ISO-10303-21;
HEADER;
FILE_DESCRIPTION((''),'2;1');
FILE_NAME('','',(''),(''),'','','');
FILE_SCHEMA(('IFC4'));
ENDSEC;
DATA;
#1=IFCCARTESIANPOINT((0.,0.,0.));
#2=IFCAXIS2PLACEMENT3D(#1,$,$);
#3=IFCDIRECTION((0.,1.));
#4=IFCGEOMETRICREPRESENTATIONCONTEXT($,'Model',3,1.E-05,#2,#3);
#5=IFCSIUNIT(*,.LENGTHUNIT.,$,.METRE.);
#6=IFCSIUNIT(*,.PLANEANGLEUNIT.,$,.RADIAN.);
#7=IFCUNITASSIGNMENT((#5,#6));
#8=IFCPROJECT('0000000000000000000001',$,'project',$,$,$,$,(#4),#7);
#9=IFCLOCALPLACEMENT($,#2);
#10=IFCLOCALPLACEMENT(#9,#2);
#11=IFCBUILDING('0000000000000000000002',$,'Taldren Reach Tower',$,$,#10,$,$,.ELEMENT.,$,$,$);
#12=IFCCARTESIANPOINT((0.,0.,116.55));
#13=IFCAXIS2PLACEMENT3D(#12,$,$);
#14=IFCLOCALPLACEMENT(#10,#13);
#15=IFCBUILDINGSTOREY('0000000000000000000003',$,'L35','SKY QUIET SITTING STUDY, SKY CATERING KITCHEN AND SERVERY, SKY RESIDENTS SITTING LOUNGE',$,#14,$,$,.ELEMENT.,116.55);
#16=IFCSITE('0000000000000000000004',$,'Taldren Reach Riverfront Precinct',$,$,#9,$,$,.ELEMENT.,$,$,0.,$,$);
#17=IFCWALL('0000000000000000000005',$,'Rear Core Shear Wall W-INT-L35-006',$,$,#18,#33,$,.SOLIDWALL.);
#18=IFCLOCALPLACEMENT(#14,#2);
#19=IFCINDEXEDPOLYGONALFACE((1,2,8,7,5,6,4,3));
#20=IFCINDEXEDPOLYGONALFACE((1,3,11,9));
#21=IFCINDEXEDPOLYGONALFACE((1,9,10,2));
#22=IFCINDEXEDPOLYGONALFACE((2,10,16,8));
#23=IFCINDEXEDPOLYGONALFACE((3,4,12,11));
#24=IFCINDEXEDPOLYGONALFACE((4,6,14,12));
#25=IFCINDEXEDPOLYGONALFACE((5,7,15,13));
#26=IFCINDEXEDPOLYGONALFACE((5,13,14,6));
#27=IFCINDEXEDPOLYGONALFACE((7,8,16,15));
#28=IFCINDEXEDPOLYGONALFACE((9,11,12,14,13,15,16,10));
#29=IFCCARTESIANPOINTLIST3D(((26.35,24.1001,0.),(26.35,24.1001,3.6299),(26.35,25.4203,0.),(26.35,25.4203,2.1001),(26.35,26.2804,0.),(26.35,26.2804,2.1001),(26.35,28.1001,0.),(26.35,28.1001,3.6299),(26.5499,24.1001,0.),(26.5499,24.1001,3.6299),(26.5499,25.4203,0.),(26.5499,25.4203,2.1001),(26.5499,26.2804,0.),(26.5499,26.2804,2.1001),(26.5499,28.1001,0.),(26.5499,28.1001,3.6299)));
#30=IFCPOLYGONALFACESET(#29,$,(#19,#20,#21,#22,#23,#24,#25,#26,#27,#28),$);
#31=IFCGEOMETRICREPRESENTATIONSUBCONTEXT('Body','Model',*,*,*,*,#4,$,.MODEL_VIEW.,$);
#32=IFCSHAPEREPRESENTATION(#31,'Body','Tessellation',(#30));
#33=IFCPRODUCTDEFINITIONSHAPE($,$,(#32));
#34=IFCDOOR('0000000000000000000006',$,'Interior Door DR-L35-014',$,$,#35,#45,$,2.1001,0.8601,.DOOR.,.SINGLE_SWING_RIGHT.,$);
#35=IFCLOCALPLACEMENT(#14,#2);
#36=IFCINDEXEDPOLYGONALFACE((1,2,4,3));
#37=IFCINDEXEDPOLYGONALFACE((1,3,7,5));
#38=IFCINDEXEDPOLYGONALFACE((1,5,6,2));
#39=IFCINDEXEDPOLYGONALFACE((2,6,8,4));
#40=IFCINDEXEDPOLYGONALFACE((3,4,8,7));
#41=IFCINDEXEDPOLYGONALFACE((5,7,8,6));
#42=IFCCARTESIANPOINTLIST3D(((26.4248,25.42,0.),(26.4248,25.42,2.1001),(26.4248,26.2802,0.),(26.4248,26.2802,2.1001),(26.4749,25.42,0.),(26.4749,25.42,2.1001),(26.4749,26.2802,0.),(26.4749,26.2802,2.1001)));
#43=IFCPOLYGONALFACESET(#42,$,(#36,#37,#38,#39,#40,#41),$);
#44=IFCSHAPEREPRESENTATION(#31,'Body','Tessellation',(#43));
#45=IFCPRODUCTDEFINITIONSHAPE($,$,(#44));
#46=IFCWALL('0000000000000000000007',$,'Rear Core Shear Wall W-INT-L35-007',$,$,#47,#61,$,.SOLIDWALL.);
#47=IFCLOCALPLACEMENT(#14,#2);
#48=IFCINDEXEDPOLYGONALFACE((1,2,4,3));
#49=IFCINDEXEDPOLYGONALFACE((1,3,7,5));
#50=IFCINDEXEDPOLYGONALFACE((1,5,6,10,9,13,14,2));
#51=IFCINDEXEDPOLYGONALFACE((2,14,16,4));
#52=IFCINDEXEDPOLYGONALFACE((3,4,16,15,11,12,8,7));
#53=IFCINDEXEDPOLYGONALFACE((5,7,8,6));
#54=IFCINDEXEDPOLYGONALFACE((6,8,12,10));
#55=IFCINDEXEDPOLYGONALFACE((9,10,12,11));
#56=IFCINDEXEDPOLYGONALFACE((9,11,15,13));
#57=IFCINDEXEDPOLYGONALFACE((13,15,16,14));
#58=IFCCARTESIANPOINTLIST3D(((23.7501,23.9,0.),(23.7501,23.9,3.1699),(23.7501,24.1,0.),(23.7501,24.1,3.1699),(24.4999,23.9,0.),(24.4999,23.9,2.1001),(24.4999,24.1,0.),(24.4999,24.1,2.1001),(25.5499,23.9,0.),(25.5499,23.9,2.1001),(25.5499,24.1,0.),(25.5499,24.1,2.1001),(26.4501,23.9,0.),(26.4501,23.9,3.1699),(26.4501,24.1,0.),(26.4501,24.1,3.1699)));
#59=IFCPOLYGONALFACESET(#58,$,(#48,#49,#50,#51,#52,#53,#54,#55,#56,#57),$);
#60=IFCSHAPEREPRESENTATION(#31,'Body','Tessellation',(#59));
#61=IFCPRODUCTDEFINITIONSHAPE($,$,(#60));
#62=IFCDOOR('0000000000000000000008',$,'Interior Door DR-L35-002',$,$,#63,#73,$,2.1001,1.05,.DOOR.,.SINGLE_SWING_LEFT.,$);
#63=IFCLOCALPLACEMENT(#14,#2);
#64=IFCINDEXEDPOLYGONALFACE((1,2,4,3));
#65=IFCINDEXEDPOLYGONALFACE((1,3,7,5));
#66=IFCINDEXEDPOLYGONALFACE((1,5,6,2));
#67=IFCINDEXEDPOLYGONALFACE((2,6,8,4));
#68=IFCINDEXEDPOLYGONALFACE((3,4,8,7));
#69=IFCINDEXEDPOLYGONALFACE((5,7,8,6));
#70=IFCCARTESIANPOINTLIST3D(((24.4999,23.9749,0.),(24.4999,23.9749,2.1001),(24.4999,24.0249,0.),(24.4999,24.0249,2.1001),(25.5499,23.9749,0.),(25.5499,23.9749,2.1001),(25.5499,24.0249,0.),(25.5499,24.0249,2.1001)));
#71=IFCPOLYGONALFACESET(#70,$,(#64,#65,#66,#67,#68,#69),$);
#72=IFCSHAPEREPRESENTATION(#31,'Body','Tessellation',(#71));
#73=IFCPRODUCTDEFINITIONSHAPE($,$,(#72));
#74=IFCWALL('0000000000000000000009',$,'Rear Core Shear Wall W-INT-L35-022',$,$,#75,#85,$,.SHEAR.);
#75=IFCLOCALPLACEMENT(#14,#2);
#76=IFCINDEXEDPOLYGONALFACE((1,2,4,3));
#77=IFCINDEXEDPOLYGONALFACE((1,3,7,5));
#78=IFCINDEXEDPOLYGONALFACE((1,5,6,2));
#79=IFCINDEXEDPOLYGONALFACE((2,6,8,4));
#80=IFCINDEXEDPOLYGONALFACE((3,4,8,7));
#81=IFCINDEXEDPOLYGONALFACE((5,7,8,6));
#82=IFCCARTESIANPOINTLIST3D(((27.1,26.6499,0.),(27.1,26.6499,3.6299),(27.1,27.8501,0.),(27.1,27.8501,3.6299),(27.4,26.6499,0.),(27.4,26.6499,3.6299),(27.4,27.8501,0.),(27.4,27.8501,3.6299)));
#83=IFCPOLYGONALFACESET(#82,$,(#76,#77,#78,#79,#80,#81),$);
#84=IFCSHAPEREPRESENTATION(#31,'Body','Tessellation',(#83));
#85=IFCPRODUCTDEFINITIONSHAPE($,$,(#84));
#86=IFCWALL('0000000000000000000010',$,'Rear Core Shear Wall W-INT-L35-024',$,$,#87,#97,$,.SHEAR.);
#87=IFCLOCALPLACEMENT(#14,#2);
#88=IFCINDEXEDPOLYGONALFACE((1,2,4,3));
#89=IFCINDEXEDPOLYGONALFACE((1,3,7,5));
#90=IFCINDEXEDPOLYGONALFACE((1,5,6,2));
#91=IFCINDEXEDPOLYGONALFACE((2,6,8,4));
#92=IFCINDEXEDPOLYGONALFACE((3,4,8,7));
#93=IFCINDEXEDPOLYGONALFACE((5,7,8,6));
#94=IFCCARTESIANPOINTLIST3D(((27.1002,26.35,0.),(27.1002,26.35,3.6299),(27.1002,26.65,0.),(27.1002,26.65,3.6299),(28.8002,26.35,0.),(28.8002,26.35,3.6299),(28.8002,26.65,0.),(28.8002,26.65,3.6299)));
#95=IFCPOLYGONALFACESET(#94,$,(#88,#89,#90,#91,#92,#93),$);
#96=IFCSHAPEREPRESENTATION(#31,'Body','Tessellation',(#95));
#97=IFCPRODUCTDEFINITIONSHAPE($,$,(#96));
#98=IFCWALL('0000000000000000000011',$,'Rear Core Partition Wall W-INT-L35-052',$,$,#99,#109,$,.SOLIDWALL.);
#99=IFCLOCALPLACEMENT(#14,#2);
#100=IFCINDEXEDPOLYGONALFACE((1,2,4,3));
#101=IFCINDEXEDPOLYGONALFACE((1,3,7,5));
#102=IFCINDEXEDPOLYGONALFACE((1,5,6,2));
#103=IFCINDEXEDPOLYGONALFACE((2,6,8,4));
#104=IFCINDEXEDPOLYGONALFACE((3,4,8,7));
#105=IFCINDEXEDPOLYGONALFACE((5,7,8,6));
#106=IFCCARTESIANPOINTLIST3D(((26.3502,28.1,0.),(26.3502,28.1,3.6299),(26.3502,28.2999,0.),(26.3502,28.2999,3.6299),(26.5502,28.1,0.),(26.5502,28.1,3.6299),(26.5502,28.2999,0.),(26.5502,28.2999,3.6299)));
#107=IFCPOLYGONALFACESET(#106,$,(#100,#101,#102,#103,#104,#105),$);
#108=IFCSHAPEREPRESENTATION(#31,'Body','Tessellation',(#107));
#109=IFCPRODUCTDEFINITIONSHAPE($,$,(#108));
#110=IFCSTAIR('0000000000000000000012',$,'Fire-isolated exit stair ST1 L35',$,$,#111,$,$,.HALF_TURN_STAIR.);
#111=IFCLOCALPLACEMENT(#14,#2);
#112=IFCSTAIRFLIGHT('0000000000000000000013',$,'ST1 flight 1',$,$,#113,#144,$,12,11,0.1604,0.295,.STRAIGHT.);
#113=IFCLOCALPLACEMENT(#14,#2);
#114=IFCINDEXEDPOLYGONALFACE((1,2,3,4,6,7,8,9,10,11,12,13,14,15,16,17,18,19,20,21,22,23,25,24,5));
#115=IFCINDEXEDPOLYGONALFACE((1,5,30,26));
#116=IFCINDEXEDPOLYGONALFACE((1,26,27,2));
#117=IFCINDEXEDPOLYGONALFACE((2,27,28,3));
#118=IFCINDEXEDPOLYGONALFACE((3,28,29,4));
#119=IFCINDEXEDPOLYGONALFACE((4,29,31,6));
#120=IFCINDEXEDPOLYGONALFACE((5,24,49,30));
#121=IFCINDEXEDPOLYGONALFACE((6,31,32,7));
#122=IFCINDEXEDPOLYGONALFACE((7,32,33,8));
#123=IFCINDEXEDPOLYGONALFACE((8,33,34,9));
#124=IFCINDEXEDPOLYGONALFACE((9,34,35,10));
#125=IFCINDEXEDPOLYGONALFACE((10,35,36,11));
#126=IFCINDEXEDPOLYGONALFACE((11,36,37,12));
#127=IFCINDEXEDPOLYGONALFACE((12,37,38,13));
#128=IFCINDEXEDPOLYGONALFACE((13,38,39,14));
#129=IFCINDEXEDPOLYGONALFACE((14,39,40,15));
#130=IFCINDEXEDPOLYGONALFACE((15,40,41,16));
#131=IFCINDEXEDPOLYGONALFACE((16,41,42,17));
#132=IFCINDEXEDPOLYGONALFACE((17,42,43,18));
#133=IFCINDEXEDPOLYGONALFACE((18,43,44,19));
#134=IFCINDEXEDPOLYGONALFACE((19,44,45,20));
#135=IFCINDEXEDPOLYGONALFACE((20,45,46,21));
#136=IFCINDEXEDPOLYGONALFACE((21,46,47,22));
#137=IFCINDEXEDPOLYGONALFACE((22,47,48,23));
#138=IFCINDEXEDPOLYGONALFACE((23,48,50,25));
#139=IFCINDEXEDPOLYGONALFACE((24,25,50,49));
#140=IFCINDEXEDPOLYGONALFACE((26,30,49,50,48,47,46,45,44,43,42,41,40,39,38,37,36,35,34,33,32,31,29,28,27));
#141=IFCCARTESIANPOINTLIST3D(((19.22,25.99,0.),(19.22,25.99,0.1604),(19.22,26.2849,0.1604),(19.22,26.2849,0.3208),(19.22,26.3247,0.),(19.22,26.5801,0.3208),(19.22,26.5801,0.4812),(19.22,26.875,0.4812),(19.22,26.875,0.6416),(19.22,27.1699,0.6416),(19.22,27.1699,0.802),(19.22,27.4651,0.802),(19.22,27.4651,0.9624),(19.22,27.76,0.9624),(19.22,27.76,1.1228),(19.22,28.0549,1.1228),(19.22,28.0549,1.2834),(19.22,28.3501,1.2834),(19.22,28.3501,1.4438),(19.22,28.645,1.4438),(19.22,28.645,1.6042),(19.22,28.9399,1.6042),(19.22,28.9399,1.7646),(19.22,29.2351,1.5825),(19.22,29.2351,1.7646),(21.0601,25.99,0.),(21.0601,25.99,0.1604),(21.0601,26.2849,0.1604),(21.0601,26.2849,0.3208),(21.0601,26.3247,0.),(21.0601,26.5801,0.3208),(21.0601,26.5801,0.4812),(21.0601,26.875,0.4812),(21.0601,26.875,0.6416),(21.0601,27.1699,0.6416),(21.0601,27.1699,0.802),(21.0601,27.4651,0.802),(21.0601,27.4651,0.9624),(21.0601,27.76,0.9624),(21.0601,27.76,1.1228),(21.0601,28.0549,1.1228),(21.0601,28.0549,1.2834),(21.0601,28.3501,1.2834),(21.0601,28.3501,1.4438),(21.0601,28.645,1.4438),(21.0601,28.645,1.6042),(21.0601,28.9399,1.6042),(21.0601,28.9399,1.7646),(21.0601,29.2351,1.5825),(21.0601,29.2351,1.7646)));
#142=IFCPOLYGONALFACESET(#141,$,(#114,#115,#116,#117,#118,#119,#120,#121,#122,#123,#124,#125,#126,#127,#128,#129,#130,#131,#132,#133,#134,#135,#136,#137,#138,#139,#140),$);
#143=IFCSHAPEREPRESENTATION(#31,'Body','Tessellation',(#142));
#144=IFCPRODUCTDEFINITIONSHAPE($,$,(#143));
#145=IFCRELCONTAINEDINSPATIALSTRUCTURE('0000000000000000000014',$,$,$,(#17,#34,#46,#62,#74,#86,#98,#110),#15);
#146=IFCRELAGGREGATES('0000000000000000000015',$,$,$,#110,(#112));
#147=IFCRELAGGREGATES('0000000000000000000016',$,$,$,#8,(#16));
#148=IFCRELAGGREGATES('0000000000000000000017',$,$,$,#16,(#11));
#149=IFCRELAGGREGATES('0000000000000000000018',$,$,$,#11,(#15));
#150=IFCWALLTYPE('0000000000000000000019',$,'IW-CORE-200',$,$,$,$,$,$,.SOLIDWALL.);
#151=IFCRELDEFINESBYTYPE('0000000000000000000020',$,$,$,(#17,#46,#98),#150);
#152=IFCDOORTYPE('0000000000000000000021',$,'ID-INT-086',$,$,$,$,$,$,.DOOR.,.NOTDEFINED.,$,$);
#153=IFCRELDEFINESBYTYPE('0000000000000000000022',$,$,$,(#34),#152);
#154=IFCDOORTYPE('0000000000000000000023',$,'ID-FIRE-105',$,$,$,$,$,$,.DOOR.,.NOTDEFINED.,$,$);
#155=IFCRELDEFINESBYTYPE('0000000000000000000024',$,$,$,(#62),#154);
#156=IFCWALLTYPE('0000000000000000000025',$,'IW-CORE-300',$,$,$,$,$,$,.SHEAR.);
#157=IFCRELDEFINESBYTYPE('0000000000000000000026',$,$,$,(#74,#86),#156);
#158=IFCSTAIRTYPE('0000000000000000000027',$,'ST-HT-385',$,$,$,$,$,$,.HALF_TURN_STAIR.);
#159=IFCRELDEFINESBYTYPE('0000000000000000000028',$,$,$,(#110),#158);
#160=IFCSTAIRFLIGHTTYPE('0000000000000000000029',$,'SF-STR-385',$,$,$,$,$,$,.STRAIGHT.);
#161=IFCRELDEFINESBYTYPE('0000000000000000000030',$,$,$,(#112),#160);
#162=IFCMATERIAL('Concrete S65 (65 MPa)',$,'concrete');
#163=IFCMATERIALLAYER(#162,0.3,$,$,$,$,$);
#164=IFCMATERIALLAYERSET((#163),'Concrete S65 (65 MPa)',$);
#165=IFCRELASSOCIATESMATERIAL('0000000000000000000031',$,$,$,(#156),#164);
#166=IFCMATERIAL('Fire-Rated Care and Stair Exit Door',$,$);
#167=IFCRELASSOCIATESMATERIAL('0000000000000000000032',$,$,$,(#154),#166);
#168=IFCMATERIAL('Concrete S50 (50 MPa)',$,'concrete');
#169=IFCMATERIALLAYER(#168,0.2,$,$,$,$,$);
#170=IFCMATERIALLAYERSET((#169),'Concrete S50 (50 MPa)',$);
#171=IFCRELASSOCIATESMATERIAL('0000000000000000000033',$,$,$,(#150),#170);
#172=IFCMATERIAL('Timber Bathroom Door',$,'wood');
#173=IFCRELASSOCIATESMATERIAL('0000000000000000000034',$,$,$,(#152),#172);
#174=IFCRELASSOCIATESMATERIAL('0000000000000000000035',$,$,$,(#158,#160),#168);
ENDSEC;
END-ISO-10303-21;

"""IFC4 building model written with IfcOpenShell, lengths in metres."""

from ifc_helpers import new_model, si_unit, direction, frame, frame_2d, origin, place, context, subcontext, project, spatial, polyline, rectangle, outline, extrude, source, transform, mapped, material, layer, layer_set, type_object, element, fill, aggregate, save


model = new_model("IFC4")

# Units and contexts
model_context = context("Model", 3, precision=1e-05, world=origin(), true_north=direction((0.0, 1.0)))
body_context = subcontext(model_context, "Body", "Model", "MODEL_VIEW")
ifc_project = project(units=[si_unit("LENGTHUNIT", "METRE"), si_unit("PLANEANGLEUNIT", "RADIAN")], contexts=[model_context])

# Site, building, storey
site_placement = place(None, origin())
site = spatial("IfcSite", under=ifc_project, at=site_placement, Name="Taldren Reach Riverfront Precinct", CompositionType="ELEMENT", RefElevation=0.0)
building_placement = place(site_placement, origin())
building = spatial("IfcBuilding", under=site, at=building_placement, Name="Taldren Reach Tower", CompositionType="ELEMENT")
storey_placement = place(building_placement, frame((0.0, 0.0, 116.55)))
storey = spatial("IfcBuildingStorey", under=building, at=storey_placement, Name="L35", Description="SKY QUIET SITTING STUDY, SKY CATERING KITCHEN AND SERVERY, SKY RESIDENTS SITTING LOUNGE", CompositionType="ELEMENT", Elevation=116.55)

# Shared definitions
ifc_material_1 = material(Name="Concrete S65 (65 MPa)", Category="concrete")
ifc_layer_1 = layer(ifc_material_1, 0.3)
ifc_layer_set_1 = layer_set([ifc_layer_1], Name="Concrete S65 (65 MPa)")
wall_type_1 = type_object("IfcWallType", Name="IW-CORE-300", PredefinedType="SHEAR", material=ifc_layer_set_1)

# Walls, openings, doors
ifc_material_2 = material(Name="Fire-Rated Care and Stair Exit Door")
door_type_1 = type_object("IfcDoorType", Name="ID-FIRE-105", OperationType="NOTDEFINED", PredefinedType="DOOR", material=ifc_material_2)
shared_shape_1 = source(origin(), body_context, "Body", "SweptSolid", [
    extrude(rectangle(XDim=1.05, YDim=2.1001, at=frame_2d((0.5249, 1.05))), frame((0.0, 0.0249, 0.0), z_axis=(0.0, -1.0, 0.0), x_axis=(1.0, 0.0, 0.0)), (0.0, 0.0, 1.0), 0.05),
])
ifc_material_3 = material(Name="Concrete S50 (50 MPa)", Category="concrete")
ifc_layer_2 = layer(ifc_material_3, 0.2)
ifc_layer_set_2 = layer_set([ifc_layer_2], Name="Concrete S50 (50 MPa)")
wall_type_2 = type_object("IfcWallType", Name="IW-CORE-200", PredefinedType="SOLIDWALL", material=ifc_layer_set_2)
shared_shape_2 = source(origin(), body_context, "Body", "SweptSolid", [
    extrude(rectangle(XDim=4.0, YDim=0.2, at=frame_2d((2.0, 0.0))), origin(), (0.0, 0.0, 1.0), 3.6299),
])
wall_1_placement = place(storey_placement, frame((26.45, 24.1001, 0.0), z_axis=(0.0, 0.0, 1.0), x_axis=(0.0, 1.0, 0.0)))
wall_1 = element("IfcWall", 1, at=wall_1_placement, inside=storey, type_object=wall_type_2, Name="Rear Core Shear Wall W-INT-L35-006", PredefinedType="SOLIDWALL", context=body_context, shape_type="MappedRepresentation", body=[
    mapped(shared_shape_2, transform((0.0, 0.0, 0.0), scale=1.0)),
])
shared_shape_3 = source(origin(), body_context, "Body", "SweptSolid", [
    extrude(rectangle(XDim=0.8601, YDim=2.1001, at=frame_2d((0.4302, 1.05))), frame((0.0, 0.1099, 0.0), z_axis=(0.0, -1.0, 0.0), x_axis=(1.0, 0.0, 0.0)), (0.0, 0.0, 1.0), 0.22),
])
opening_1_placement = place(wall_1_placement, frame((1.3201, 0.0, 0.0)))
opening_1 = element("IfcOpeningElement", 2, at=opening_1_placement, cuts=wall_1, PredefinedType="OPENING", context=body_context, shape_type="MappedRepresentation", body=[
    mapped(shared_shape_3, transform((0.0, 0.0, 0.0), scale=1.0)),
])
ifc_material_4 = material(Name="Timber Bathroom Door", Category="wood")
door_type_2 = type_object("IfcDoorType", Name="ID-INT-086", OperationType="NOTDEFINED", PredefinedType="DOOR", material=ifc_material_4)
shared_shape_4 = source(origin(), body_context, "Body", "SweptSolid", [
    extrude(rectangle(XDim=0.8601, YDim=2.1001, at=frame_2d((0.4302, 1.05))), frame((0.0, 0.0249, 0.0), z_axis=(0.0, -1.0, 0.0), x_axis=(1.0, 0.0, 0.0)), (0.0, 0.0, 1.0), 0.05),
])
door_1_placement = place(opening_1_placement, frame((0.8601, 0.0, 0.0), z_axis=(0.0, 0.0, 1.0), x_axis=(-1.0, 0.0, 0.0)))
door_1 = element("IfcDoor", 3, at=door_1_placement, inside=storey, type_object=door_type_2, Name="Interior Door DR-L35-014", OperationType="SINGLE_SWING_RIGHT", OverallHeight=2.1001, OverallWidth=0.8601, PredefinedType="DOOR", context=body_context, shape_type="MappedRepresentation", body=[
    mapped(shared_shape_4, transform((0.0, 0.0, 0.0), scale=1.0)),
])
fill(opening_1, door_1)
shared_shape_5 = source(origin(), body_context, "Body", "SweptSolid", [
    extrude(rectangle(XDim=2.7, YDim=0.2, at=frame_2d((1.3501, 0.0))), origin(), (0.0, 0.0, 1.0), 3.1699),
])
wall_2_placement = place(storey_placement, frame((23.75, 24.0, 0.0), z_axis=(0.0, 0.0, 1.0), x_axis=(1.0, 0.0, 0.0)))
wall_2 = element("IfcWall", 4, at=wall_2_placement, inside=storey, type_object=wall_type_2, Name="Rear Core Shear Wall W-INT-L35-007", PredefinedType="SOLIDWALL", context=body_context, shape_type="MappedRepresentation", body=[
    mapped(shared_shape_5, transform((0.0, 0.0, 0.0), scale=1.0)),
])
shared_shape_6 = source(origin(), body_context, "Body", "SweptSolid", [
    extrude(rectangle(XDim=1.05, YDim=2.1001, at=frame_2d((0.5249, 1.05))), frame((0.0, 0.1099, 0.0), z_axis=(0.0, -1.0, 0.0), x_axis=(1.0, 0.0, 0.0)), (0.0, 0.0, 1.0), 0.22),
])
opening_2_placement = place(wall_2_placement, frame((0.75, 0.0, 0.0)))
opening_2 = element("IfcOpeningElement", 5, at=opening_2_placement, cuts=wall_2, PredefinedType="OPENING", context=body_context, shape_type="MappedRepresentation", body=[
    mapped(shared_shape_6, transform((0.0, 0.0, 0.0), scale=1.0)),
])
door_2_placement = place(opening_2_placement, origin())
door_2 = element("IfcDoor", 6, at=door_2_placement, inside=storey, type_object=door_type_1, Name="Interior Door DR-L35-002", OperationType="SINGLE_SWING_LEFT", OverallHeight=2.1001, OverallWidth=1.05, PredefinedType="DOOR", context=body_context, shape_type="MappedRepresentation", body=[
    mapped(shared_shape_1, transform((0.0, 0.0, 0.0), scale=1.0)),
])
fill(opening_2, door_2)

# Walls
shared_shape_7 = source(origin(), body_context, "Body", "SweptSolid", [
    extrude(rectangle(XDim=1.2002, YDim=0.3, at=frame_2d((0.6001, 0.0))), origin(), (0.0, 0.0, 1.0), 3.6299),
])
wall_3_placement = place(storey_placement, frame((27.25, 27.8501, 0.0), z_axis=(0.0, 0.0, 1.0), x_axis=(0.0, -1.0, 0.0)))
element("IfcWall", 7, at=wall_3_placement, inside=storey, type_object=wall_type_1, Name="Rear Core Shear Wall W-INT-L35-022", PredefinedType="SHEAR", context=body_context, shape_type="MappedRepresentation", body=[
    mapped(shared_shape_7, transform((0.0, 0.0, 0.0), scale=1.0)),
])
shared_shape_8 = source(origin(), body_context, "Body", "SweptSolid", [
    extrude(rectangle(XDim=1.7, YDim=0.3, at=frame_2d((0.8501, 0.0))), origin(), (0.0, 0.0, 1.0), 3.6299),
])
wall_4_placement = place(storey_placement, frame((27.1001, 26.5, 0.0), z_axis=(0.0, 0.0, 1.0), x_axis=(1.0, 0.0, 0.0)))
element("IfcWall", 8, at=wall_4_placement, inside=storey, type_object=wall_type_1, Name="Rear Core Shear Wall W-INT-L35-024", PredefinedType="SHEAR", context=body_context, shape_type="MappedRepresentation", body=[
    mapped(shared_shape_8, transform((0.0, 0.0, 0.0), scale=1.0)),
])
shared_shape_9 = source(origin(), body_context, "Body", "SweptSolid", [
    extrude(rectangle(XDim=0.2, YDim=0.2, at=frame_2d((0.1001, 0.0))), origin(), (0.0, 0.0, 1.0), 3.6299),
])
wall_5_placement = place(storey_placement, frame((26.3501, 28.2, 0.0), z_axis=(0.0, 0.0, 1.0), x_axis=(1.0, 0.0, 0.0)))
element("IfcWall", 9, at=wall_5_placement, inside=storey, type_object=wall_type_2, Name="Rear Core Partition Wall W-INT-L35-052", PredefinedType="SOLIDWALL", context=body_context, shape_type="MappedRepresentation", body=[
    mapped(shared_shape_9, transform((0.0, 0.0, 0.0), scale=1.0)),
])

# Stair, stair flight
stair_type = type_object("IfcStairType", Name="ST-HT-385", PredefinedType="HALF_TURN_STAIR", material=ifc_material_3)
stair_placement = place(storey_placement, origin())
stair = element("IfcStair", 10, at=stair_placement, inside=storey, type_object=stair_type, Name="Fire-isolated exit stair ST1 L35", PredefinedType="HALF_TURN_STAIR")
stair_flight_type = type_object("IfcStairFlightType", Name="SF-STR-385", PredefinedType="STRAIGHT", material=ifc_material_3)
stair_flight_1_placement = place(storey_placement, frame((20.1399, 25.99, 0.0), z_axis=(0.0, 0.0, 1.0), x_axis=(0.0, 1.0, 0.0)))
stair_flight_1 = element("IfcStairFlight", 11, at=stair_flight_1_placement, type_object=stair_flight_type, Name="ST1 flight 1", NumberOfRisers=12, NumberOfTreads=11, PredefinedType="STRAIGHT", RiserHeight=0.1604, TreadLength=0.295, context=body_context, shape_type="SweptSolid", body=[
    extrude(outline(polyline([(0.0, 0.0), (0.0, 0.1604), (0.2949, 0.1604), (0.2949, 0.3208), (0.5901, 0.3208), (0.5901, 0.4812), (0.885, 0.4812), (0.885, 0.6416), (1.1799, 0.6416), (1.1799, 0.802), (1.4751, 0.802), (1.4751, 0.9624), (1.77, 0.9624), (1.77, 1.1228), (2.0649, 1.1228), (2.0649, 1.2834), (2.3601, 1.2834), (2.3601, 1.4438), (2.655, 1.4438), (2.655, 1.6042), (2.95, 1.6042), (2.95, 1.7646), (3.2451, 1.7646), (3.2451, 1.925), (3.2451, 1.5825), (0.3347, 0.0), (0.0, 0.0)])), frame((0.0, 0.9199, 0.0), z_axis=(0.0, -1.0, 0.0), x_axis=(1.0, 0.0, 0.0)), (0.0, 0.0, 1.0), 1.8401),
])
aggregate(stair, [stair_flight_1])

save(model, "model.ifc")
